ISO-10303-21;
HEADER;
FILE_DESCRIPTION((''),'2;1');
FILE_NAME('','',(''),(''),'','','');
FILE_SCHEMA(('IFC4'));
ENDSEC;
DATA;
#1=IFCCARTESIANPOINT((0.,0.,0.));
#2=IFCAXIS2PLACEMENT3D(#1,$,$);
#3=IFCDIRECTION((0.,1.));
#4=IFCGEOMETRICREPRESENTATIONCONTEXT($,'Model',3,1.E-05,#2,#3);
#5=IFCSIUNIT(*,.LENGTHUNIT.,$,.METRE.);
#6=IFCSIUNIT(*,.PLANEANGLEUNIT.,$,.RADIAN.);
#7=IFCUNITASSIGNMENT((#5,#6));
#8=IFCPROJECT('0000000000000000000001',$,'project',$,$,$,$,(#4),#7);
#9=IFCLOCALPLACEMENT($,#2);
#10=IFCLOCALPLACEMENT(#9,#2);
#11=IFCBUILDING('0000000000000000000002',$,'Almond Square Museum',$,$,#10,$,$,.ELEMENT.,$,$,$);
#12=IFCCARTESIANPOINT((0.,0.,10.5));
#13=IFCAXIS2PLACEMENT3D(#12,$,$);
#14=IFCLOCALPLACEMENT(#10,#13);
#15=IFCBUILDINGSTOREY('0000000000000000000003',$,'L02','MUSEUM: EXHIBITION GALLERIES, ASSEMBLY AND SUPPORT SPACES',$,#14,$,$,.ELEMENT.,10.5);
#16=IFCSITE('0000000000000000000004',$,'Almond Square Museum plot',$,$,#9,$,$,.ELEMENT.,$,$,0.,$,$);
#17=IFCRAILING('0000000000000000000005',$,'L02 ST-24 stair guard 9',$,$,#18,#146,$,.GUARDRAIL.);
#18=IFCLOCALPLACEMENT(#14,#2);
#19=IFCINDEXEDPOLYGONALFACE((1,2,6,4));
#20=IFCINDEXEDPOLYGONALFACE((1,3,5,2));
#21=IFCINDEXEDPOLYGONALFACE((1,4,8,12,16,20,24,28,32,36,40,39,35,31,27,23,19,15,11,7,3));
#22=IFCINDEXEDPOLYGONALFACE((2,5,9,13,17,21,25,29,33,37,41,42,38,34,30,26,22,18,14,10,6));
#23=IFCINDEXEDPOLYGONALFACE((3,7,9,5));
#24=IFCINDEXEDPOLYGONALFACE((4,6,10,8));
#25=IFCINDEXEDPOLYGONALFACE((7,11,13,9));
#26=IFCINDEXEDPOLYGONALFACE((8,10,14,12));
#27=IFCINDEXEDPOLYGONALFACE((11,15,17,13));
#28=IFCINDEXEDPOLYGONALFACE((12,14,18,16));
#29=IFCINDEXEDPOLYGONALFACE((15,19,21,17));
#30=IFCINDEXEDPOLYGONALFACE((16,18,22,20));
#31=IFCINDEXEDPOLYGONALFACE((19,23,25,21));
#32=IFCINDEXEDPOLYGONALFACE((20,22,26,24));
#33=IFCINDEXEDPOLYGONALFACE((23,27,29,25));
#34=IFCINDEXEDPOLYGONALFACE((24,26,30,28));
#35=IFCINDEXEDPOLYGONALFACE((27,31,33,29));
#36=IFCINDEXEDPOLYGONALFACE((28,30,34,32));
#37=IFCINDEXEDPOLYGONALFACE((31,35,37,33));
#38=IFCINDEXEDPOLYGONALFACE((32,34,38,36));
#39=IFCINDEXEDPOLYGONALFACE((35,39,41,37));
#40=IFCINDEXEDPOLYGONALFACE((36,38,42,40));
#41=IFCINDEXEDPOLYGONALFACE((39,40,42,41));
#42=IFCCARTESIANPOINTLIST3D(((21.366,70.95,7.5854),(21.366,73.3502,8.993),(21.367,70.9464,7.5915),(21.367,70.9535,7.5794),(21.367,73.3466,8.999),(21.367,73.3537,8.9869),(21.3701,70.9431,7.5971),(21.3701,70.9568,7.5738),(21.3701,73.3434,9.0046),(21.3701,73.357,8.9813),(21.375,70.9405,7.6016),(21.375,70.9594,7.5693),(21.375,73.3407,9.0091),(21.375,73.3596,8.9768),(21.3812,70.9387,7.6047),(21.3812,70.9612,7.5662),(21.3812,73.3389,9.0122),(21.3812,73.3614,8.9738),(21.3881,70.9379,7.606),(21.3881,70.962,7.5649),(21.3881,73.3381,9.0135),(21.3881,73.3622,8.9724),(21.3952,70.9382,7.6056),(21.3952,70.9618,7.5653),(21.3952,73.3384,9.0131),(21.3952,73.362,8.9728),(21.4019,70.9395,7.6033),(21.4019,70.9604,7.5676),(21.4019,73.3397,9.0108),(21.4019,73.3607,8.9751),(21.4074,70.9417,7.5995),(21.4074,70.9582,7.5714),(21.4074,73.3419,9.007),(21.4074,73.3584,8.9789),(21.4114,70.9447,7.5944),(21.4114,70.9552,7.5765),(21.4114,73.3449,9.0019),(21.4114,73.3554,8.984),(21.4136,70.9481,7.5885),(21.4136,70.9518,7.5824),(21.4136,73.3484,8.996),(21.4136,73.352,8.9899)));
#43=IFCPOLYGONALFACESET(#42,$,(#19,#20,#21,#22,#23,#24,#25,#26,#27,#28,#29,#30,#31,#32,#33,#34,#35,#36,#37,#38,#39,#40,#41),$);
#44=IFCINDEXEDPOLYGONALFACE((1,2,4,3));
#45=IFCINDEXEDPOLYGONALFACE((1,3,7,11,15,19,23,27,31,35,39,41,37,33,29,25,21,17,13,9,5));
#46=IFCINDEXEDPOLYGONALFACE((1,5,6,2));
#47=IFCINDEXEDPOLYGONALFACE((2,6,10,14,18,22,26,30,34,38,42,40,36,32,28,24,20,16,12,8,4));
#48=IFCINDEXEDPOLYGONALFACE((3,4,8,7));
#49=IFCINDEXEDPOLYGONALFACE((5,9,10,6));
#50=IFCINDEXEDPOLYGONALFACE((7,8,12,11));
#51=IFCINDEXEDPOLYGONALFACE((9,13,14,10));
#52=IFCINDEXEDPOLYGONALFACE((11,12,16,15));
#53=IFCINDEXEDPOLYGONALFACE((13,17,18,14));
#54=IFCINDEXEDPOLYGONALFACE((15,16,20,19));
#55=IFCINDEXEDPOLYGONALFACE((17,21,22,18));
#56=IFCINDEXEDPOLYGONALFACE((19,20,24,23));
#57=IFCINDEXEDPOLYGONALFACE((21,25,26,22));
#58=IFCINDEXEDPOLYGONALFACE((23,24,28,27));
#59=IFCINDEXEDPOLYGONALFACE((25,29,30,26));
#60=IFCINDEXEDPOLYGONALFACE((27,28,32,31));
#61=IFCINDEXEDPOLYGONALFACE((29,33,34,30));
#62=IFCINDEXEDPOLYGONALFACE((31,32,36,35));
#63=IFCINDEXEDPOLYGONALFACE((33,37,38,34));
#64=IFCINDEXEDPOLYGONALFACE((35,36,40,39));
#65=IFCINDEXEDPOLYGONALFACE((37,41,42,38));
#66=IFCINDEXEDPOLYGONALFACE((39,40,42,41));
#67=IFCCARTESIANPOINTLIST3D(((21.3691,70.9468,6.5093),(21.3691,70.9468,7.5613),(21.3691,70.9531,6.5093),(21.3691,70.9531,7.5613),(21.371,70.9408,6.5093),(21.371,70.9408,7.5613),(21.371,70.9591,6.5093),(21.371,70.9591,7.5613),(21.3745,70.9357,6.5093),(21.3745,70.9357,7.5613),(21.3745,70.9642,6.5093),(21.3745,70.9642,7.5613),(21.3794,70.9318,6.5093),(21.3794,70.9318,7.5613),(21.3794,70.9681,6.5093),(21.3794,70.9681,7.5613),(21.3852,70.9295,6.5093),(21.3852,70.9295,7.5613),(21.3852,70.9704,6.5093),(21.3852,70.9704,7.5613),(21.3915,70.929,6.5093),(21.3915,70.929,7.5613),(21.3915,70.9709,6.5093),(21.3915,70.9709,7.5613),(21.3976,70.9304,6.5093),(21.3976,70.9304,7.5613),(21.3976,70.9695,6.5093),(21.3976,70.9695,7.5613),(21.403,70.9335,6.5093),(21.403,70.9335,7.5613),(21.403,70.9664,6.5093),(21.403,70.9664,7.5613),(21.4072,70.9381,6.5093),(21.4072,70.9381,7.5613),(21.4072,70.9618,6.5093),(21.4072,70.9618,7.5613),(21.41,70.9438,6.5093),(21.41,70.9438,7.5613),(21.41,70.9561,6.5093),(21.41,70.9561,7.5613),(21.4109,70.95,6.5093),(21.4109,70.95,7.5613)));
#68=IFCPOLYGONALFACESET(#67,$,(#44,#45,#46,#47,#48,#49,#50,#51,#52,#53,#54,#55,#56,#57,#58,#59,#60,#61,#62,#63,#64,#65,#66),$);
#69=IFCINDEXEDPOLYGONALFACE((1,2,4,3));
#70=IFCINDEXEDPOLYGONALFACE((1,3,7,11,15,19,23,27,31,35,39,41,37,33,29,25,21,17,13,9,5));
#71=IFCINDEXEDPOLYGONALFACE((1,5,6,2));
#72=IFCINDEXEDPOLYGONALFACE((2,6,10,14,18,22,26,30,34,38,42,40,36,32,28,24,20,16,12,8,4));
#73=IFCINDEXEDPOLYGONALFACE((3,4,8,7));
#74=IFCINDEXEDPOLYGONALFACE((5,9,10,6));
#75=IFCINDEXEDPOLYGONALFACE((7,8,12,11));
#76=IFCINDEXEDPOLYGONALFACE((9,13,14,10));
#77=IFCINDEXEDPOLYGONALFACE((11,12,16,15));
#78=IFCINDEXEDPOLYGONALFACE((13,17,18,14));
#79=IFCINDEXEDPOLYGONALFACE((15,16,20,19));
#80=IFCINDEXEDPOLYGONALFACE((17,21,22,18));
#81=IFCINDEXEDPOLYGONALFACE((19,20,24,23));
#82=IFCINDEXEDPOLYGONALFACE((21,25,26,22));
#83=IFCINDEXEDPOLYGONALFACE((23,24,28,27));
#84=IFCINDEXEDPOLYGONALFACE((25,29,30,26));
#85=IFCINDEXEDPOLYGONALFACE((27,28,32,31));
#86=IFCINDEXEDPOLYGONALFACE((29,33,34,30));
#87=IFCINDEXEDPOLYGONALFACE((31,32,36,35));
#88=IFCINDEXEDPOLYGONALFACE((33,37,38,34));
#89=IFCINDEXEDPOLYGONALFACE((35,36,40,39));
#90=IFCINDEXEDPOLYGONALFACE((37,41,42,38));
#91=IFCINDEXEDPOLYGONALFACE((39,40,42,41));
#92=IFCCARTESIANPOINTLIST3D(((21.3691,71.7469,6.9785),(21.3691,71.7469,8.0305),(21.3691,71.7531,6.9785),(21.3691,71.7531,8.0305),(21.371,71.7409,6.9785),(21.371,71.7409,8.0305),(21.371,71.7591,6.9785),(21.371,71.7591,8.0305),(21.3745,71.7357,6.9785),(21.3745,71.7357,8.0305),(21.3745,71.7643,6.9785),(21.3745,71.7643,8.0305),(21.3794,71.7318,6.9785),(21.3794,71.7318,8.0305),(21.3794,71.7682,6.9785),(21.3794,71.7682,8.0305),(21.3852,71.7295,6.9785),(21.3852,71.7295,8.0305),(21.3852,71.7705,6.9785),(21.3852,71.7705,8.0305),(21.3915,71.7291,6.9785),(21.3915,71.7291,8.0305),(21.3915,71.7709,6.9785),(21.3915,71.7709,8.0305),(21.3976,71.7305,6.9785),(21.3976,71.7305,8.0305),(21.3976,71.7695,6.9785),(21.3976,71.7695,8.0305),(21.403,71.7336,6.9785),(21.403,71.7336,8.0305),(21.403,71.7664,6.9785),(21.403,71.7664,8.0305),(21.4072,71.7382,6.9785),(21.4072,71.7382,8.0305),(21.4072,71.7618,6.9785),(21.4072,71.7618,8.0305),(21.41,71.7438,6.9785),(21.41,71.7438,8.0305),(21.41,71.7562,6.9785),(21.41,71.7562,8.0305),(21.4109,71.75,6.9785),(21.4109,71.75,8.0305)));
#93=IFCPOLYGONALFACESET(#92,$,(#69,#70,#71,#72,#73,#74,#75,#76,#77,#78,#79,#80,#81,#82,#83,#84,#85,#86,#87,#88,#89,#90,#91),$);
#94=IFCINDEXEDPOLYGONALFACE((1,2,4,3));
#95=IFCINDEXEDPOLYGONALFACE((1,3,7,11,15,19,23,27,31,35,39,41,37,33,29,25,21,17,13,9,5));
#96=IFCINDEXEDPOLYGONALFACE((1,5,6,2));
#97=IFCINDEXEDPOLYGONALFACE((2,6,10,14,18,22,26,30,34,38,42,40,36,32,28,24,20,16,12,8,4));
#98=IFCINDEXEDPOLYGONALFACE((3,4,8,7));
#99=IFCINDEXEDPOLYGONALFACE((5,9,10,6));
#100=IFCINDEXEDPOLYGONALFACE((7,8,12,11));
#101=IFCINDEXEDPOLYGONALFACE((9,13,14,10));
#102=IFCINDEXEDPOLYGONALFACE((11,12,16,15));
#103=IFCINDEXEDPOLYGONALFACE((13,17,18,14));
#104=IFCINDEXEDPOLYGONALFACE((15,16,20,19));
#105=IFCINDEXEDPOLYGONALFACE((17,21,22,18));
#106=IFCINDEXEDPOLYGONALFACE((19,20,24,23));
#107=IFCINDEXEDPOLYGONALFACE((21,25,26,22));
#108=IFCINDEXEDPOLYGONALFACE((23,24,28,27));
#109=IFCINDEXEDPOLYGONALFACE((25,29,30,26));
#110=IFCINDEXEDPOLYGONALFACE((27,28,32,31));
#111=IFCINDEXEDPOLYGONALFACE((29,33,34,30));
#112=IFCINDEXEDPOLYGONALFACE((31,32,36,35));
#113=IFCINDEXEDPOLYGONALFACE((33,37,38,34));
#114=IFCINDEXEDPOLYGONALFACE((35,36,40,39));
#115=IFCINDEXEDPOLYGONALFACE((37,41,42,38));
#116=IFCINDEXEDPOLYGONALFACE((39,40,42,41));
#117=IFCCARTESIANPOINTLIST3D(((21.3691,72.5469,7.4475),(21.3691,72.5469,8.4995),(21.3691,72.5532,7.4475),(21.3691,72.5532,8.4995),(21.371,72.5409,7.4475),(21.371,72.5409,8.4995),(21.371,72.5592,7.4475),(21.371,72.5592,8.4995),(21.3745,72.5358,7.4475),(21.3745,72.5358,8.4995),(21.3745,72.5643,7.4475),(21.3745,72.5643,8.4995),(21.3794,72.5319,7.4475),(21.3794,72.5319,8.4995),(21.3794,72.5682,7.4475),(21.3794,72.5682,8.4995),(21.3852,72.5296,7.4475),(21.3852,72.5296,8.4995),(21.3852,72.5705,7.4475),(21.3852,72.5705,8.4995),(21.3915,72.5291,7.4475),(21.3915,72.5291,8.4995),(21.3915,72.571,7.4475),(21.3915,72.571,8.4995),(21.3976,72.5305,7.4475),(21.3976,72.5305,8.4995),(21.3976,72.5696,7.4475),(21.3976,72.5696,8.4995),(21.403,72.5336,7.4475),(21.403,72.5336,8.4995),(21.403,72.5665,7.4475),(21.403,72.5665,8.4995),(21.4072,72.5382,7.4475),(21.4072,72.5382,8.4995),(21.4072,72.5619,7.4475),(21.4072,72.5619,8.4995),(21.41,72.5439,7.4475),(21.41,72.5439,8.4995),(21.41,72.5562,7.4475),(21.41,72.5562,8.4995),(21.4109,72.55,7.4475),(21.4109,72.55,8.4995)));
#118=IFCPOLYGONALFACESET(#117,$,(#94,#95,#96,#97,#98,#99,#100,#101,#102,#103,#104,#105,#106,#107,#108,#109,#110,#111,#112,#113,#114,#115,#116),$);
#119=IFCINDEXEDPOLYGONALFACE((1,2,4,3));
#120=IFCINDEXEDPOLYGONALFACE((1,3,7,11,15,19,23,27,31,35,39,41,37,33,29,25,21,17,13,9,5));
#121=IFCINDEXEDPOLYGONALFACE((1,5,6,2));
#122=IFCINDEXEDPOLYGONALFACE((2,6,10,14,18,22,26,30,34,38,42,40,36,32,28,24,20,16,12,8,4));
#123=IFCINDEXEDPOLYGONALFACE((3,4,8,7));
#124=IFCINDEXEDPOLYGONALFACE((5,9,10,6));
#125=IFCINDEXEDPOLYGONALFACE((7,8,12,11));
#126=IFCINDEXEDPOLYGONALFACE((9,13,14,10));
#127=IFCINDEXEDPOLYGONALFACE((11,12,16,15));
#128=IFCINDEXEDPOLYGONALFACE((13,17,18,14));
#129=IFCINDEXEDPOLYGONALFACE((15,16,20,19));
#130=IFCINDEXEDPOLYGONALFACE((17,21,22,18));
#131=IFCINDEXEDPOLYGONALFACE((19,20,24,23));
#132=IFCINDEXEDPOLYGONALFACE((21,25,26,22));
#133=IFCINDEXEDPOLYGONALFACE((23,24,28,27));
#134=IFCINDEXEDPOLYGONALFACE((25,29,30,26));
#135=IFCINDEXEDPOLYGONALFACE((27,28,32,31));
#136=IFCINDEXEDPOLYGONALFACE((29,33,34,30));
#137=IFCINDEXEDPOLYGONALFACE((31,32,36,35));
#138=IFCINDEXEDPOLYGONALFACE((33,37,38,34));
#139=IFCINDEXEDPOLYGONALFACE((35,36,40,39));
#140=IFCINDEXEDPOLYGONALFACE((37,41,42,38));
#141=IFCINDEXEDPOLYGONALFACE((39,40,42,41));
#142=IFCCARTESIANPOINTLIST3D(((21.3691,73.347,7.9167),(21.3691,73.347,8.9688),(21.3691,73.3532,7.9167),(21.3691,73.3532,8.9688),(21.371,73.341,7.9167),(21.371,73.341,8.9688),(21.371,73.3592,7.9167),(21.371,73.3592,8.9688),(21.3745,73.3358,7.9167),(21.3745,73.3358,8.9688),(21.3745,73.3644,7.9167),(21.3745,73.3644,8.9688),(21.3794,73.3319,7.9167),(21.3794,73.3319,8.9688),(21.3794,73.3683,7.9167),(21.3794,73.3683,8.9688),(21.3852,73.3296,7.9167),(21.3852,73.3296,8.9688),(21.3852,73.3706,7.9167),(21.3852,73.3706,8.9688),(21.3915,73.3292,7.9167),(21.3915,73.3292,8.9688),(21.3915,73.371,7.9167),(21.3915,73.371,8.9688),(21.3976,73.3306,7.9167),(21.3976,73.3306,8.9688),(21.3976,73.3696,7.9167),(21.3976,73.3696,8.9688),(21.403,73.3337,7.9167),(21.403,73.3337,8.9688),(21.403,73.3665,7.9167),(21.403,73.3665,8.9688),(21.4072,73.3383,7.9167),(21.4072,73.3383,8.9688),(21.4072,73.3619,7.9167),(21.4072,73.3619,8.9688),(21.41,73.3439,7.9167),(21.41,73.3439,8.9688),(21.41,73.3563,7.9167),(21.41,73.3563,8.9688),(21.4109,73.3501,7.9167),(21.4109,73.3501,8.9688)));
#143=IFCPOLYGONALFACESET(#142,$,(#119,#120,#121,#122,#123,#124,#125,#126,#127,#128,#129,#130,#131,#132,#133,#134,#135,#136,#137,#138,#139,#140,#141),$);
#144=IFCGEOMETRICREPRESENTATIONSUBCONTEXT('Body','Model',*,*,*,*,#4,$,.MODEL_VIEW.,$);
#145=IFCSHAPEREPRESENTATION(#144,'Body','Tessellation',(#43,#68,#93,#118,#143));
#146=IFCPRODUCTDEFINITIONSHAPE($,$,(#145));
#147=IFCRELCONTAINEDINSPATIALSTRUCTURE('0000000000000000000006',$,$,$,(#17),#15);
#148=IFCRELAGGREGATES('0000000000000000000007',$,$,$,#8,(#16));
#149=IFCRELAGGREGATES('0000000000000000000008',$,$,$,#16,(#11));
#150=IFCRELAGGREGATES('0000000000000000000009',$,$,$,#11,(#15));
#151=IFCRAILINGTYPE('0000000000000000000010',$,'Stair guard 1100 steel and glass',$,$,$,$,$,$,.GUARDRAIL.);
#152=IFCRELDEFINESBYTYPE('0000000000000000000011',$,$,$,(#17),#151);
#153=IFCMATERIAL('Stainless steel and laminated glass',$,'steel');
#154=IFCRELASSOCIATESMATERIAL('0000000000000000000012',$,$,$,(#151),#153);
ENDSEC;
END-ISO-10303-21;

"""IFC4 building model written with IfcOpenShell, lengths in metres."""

from ifc_helpers import new_model, si_unit, direction, frame, origin, origin_2d, place, context, subcontext, project, spatial, circle, extrude, material, type_object, element, save


model = new_model("IFC4")

# Units and contexts
model_context = context("Model", 3, precision=1e-05, world=origin(), true_north=direction((0.0, 1.0)))
body_context = subcontext(model_context, "Body", "Model", "MODEL_VIEW")
ifc_project = project(units=[si_unit("LENGTHUNIT", "METRE"), si_unit("PLANEANGLEUNIT", "RADIAN")], contexts=[model_context])

# Site, building, storey
site_placement = place(None, origin())
site = spatial("IfcSite", under=ifc_project, at=site_placement, Name="Almond Square Museum plot", CompositionType="ELEMENT", RefElevation=0.0)
building_placement = place(site_placement, origin())
building = spatial("IfcBuilding", under=site, at=building_placement, Name="Almond Square Museum", CompositionType="ELEMENT")
storey_placement = place(building_placement, frame((0.0, 0.0, 10.5)))
storey = spatial("IfcBuildingStorey", under=building, at=storey_placement, Name="L02", Description="MUSEUM: EXHIBITION GALLERIES, ASSEMBLY AND SUPPORT SPACES", CompositionType="ELEMENT", Elevation=10.5)

# Railing
ifc_material_1 = material(Name="Stainless steel and laminated glass", Category="steel")
railing_type_1 = type_object("IfcRailingType", Name="Stair guard 1100 steel and glass", PredefinedType="GUARDRAIL", material=ifc_material_1)
railing_1_placement = place(storey_placement, frame((21.3899, 70.95, 6.5093)))
element("IfcRailing", 1, at=railing_1_placement, inside=storey, type_object=railing_type_1, Name="L02 ST-24 stair guard 9", PredefinedType="GUARDRAIL", context=body_context, shape_type="SweptSolid", body=[
    extrude(circle(Radius=0.0239, at=origin_2d()), frame((0.0, 0.0, 1.0762), z_axis=(0.0, 0.862621, 0.50585), x_axis=(-1.0, 0.0, 0.0)), (0.0, 0.0, 1.0), 2.7825),
    extrude(circle(Radius=0.021, at=origin_2d()), origin(), (0.0, 0.0, 1.0), 1.052),
    extrude(circle(Radius=0.021, at=origin_2d()), frame((0.0, 0.8, 0.4692)), (0.0, 0.0, 1.0), 1.052),
    extrude(circle(Radius=0.021, at=origin_2d()), frame((0.0, 1.6001, 0.9382)), (0.0, 0.0, 1.0), 1.052),
    extrude(circle(Radius=0.021, at=origin_2d()), frame((0.0, 2.4001, 1.4075)), (0.0, 0.0, 1.0), 1.052),
])

save(model, "model.ifc")
